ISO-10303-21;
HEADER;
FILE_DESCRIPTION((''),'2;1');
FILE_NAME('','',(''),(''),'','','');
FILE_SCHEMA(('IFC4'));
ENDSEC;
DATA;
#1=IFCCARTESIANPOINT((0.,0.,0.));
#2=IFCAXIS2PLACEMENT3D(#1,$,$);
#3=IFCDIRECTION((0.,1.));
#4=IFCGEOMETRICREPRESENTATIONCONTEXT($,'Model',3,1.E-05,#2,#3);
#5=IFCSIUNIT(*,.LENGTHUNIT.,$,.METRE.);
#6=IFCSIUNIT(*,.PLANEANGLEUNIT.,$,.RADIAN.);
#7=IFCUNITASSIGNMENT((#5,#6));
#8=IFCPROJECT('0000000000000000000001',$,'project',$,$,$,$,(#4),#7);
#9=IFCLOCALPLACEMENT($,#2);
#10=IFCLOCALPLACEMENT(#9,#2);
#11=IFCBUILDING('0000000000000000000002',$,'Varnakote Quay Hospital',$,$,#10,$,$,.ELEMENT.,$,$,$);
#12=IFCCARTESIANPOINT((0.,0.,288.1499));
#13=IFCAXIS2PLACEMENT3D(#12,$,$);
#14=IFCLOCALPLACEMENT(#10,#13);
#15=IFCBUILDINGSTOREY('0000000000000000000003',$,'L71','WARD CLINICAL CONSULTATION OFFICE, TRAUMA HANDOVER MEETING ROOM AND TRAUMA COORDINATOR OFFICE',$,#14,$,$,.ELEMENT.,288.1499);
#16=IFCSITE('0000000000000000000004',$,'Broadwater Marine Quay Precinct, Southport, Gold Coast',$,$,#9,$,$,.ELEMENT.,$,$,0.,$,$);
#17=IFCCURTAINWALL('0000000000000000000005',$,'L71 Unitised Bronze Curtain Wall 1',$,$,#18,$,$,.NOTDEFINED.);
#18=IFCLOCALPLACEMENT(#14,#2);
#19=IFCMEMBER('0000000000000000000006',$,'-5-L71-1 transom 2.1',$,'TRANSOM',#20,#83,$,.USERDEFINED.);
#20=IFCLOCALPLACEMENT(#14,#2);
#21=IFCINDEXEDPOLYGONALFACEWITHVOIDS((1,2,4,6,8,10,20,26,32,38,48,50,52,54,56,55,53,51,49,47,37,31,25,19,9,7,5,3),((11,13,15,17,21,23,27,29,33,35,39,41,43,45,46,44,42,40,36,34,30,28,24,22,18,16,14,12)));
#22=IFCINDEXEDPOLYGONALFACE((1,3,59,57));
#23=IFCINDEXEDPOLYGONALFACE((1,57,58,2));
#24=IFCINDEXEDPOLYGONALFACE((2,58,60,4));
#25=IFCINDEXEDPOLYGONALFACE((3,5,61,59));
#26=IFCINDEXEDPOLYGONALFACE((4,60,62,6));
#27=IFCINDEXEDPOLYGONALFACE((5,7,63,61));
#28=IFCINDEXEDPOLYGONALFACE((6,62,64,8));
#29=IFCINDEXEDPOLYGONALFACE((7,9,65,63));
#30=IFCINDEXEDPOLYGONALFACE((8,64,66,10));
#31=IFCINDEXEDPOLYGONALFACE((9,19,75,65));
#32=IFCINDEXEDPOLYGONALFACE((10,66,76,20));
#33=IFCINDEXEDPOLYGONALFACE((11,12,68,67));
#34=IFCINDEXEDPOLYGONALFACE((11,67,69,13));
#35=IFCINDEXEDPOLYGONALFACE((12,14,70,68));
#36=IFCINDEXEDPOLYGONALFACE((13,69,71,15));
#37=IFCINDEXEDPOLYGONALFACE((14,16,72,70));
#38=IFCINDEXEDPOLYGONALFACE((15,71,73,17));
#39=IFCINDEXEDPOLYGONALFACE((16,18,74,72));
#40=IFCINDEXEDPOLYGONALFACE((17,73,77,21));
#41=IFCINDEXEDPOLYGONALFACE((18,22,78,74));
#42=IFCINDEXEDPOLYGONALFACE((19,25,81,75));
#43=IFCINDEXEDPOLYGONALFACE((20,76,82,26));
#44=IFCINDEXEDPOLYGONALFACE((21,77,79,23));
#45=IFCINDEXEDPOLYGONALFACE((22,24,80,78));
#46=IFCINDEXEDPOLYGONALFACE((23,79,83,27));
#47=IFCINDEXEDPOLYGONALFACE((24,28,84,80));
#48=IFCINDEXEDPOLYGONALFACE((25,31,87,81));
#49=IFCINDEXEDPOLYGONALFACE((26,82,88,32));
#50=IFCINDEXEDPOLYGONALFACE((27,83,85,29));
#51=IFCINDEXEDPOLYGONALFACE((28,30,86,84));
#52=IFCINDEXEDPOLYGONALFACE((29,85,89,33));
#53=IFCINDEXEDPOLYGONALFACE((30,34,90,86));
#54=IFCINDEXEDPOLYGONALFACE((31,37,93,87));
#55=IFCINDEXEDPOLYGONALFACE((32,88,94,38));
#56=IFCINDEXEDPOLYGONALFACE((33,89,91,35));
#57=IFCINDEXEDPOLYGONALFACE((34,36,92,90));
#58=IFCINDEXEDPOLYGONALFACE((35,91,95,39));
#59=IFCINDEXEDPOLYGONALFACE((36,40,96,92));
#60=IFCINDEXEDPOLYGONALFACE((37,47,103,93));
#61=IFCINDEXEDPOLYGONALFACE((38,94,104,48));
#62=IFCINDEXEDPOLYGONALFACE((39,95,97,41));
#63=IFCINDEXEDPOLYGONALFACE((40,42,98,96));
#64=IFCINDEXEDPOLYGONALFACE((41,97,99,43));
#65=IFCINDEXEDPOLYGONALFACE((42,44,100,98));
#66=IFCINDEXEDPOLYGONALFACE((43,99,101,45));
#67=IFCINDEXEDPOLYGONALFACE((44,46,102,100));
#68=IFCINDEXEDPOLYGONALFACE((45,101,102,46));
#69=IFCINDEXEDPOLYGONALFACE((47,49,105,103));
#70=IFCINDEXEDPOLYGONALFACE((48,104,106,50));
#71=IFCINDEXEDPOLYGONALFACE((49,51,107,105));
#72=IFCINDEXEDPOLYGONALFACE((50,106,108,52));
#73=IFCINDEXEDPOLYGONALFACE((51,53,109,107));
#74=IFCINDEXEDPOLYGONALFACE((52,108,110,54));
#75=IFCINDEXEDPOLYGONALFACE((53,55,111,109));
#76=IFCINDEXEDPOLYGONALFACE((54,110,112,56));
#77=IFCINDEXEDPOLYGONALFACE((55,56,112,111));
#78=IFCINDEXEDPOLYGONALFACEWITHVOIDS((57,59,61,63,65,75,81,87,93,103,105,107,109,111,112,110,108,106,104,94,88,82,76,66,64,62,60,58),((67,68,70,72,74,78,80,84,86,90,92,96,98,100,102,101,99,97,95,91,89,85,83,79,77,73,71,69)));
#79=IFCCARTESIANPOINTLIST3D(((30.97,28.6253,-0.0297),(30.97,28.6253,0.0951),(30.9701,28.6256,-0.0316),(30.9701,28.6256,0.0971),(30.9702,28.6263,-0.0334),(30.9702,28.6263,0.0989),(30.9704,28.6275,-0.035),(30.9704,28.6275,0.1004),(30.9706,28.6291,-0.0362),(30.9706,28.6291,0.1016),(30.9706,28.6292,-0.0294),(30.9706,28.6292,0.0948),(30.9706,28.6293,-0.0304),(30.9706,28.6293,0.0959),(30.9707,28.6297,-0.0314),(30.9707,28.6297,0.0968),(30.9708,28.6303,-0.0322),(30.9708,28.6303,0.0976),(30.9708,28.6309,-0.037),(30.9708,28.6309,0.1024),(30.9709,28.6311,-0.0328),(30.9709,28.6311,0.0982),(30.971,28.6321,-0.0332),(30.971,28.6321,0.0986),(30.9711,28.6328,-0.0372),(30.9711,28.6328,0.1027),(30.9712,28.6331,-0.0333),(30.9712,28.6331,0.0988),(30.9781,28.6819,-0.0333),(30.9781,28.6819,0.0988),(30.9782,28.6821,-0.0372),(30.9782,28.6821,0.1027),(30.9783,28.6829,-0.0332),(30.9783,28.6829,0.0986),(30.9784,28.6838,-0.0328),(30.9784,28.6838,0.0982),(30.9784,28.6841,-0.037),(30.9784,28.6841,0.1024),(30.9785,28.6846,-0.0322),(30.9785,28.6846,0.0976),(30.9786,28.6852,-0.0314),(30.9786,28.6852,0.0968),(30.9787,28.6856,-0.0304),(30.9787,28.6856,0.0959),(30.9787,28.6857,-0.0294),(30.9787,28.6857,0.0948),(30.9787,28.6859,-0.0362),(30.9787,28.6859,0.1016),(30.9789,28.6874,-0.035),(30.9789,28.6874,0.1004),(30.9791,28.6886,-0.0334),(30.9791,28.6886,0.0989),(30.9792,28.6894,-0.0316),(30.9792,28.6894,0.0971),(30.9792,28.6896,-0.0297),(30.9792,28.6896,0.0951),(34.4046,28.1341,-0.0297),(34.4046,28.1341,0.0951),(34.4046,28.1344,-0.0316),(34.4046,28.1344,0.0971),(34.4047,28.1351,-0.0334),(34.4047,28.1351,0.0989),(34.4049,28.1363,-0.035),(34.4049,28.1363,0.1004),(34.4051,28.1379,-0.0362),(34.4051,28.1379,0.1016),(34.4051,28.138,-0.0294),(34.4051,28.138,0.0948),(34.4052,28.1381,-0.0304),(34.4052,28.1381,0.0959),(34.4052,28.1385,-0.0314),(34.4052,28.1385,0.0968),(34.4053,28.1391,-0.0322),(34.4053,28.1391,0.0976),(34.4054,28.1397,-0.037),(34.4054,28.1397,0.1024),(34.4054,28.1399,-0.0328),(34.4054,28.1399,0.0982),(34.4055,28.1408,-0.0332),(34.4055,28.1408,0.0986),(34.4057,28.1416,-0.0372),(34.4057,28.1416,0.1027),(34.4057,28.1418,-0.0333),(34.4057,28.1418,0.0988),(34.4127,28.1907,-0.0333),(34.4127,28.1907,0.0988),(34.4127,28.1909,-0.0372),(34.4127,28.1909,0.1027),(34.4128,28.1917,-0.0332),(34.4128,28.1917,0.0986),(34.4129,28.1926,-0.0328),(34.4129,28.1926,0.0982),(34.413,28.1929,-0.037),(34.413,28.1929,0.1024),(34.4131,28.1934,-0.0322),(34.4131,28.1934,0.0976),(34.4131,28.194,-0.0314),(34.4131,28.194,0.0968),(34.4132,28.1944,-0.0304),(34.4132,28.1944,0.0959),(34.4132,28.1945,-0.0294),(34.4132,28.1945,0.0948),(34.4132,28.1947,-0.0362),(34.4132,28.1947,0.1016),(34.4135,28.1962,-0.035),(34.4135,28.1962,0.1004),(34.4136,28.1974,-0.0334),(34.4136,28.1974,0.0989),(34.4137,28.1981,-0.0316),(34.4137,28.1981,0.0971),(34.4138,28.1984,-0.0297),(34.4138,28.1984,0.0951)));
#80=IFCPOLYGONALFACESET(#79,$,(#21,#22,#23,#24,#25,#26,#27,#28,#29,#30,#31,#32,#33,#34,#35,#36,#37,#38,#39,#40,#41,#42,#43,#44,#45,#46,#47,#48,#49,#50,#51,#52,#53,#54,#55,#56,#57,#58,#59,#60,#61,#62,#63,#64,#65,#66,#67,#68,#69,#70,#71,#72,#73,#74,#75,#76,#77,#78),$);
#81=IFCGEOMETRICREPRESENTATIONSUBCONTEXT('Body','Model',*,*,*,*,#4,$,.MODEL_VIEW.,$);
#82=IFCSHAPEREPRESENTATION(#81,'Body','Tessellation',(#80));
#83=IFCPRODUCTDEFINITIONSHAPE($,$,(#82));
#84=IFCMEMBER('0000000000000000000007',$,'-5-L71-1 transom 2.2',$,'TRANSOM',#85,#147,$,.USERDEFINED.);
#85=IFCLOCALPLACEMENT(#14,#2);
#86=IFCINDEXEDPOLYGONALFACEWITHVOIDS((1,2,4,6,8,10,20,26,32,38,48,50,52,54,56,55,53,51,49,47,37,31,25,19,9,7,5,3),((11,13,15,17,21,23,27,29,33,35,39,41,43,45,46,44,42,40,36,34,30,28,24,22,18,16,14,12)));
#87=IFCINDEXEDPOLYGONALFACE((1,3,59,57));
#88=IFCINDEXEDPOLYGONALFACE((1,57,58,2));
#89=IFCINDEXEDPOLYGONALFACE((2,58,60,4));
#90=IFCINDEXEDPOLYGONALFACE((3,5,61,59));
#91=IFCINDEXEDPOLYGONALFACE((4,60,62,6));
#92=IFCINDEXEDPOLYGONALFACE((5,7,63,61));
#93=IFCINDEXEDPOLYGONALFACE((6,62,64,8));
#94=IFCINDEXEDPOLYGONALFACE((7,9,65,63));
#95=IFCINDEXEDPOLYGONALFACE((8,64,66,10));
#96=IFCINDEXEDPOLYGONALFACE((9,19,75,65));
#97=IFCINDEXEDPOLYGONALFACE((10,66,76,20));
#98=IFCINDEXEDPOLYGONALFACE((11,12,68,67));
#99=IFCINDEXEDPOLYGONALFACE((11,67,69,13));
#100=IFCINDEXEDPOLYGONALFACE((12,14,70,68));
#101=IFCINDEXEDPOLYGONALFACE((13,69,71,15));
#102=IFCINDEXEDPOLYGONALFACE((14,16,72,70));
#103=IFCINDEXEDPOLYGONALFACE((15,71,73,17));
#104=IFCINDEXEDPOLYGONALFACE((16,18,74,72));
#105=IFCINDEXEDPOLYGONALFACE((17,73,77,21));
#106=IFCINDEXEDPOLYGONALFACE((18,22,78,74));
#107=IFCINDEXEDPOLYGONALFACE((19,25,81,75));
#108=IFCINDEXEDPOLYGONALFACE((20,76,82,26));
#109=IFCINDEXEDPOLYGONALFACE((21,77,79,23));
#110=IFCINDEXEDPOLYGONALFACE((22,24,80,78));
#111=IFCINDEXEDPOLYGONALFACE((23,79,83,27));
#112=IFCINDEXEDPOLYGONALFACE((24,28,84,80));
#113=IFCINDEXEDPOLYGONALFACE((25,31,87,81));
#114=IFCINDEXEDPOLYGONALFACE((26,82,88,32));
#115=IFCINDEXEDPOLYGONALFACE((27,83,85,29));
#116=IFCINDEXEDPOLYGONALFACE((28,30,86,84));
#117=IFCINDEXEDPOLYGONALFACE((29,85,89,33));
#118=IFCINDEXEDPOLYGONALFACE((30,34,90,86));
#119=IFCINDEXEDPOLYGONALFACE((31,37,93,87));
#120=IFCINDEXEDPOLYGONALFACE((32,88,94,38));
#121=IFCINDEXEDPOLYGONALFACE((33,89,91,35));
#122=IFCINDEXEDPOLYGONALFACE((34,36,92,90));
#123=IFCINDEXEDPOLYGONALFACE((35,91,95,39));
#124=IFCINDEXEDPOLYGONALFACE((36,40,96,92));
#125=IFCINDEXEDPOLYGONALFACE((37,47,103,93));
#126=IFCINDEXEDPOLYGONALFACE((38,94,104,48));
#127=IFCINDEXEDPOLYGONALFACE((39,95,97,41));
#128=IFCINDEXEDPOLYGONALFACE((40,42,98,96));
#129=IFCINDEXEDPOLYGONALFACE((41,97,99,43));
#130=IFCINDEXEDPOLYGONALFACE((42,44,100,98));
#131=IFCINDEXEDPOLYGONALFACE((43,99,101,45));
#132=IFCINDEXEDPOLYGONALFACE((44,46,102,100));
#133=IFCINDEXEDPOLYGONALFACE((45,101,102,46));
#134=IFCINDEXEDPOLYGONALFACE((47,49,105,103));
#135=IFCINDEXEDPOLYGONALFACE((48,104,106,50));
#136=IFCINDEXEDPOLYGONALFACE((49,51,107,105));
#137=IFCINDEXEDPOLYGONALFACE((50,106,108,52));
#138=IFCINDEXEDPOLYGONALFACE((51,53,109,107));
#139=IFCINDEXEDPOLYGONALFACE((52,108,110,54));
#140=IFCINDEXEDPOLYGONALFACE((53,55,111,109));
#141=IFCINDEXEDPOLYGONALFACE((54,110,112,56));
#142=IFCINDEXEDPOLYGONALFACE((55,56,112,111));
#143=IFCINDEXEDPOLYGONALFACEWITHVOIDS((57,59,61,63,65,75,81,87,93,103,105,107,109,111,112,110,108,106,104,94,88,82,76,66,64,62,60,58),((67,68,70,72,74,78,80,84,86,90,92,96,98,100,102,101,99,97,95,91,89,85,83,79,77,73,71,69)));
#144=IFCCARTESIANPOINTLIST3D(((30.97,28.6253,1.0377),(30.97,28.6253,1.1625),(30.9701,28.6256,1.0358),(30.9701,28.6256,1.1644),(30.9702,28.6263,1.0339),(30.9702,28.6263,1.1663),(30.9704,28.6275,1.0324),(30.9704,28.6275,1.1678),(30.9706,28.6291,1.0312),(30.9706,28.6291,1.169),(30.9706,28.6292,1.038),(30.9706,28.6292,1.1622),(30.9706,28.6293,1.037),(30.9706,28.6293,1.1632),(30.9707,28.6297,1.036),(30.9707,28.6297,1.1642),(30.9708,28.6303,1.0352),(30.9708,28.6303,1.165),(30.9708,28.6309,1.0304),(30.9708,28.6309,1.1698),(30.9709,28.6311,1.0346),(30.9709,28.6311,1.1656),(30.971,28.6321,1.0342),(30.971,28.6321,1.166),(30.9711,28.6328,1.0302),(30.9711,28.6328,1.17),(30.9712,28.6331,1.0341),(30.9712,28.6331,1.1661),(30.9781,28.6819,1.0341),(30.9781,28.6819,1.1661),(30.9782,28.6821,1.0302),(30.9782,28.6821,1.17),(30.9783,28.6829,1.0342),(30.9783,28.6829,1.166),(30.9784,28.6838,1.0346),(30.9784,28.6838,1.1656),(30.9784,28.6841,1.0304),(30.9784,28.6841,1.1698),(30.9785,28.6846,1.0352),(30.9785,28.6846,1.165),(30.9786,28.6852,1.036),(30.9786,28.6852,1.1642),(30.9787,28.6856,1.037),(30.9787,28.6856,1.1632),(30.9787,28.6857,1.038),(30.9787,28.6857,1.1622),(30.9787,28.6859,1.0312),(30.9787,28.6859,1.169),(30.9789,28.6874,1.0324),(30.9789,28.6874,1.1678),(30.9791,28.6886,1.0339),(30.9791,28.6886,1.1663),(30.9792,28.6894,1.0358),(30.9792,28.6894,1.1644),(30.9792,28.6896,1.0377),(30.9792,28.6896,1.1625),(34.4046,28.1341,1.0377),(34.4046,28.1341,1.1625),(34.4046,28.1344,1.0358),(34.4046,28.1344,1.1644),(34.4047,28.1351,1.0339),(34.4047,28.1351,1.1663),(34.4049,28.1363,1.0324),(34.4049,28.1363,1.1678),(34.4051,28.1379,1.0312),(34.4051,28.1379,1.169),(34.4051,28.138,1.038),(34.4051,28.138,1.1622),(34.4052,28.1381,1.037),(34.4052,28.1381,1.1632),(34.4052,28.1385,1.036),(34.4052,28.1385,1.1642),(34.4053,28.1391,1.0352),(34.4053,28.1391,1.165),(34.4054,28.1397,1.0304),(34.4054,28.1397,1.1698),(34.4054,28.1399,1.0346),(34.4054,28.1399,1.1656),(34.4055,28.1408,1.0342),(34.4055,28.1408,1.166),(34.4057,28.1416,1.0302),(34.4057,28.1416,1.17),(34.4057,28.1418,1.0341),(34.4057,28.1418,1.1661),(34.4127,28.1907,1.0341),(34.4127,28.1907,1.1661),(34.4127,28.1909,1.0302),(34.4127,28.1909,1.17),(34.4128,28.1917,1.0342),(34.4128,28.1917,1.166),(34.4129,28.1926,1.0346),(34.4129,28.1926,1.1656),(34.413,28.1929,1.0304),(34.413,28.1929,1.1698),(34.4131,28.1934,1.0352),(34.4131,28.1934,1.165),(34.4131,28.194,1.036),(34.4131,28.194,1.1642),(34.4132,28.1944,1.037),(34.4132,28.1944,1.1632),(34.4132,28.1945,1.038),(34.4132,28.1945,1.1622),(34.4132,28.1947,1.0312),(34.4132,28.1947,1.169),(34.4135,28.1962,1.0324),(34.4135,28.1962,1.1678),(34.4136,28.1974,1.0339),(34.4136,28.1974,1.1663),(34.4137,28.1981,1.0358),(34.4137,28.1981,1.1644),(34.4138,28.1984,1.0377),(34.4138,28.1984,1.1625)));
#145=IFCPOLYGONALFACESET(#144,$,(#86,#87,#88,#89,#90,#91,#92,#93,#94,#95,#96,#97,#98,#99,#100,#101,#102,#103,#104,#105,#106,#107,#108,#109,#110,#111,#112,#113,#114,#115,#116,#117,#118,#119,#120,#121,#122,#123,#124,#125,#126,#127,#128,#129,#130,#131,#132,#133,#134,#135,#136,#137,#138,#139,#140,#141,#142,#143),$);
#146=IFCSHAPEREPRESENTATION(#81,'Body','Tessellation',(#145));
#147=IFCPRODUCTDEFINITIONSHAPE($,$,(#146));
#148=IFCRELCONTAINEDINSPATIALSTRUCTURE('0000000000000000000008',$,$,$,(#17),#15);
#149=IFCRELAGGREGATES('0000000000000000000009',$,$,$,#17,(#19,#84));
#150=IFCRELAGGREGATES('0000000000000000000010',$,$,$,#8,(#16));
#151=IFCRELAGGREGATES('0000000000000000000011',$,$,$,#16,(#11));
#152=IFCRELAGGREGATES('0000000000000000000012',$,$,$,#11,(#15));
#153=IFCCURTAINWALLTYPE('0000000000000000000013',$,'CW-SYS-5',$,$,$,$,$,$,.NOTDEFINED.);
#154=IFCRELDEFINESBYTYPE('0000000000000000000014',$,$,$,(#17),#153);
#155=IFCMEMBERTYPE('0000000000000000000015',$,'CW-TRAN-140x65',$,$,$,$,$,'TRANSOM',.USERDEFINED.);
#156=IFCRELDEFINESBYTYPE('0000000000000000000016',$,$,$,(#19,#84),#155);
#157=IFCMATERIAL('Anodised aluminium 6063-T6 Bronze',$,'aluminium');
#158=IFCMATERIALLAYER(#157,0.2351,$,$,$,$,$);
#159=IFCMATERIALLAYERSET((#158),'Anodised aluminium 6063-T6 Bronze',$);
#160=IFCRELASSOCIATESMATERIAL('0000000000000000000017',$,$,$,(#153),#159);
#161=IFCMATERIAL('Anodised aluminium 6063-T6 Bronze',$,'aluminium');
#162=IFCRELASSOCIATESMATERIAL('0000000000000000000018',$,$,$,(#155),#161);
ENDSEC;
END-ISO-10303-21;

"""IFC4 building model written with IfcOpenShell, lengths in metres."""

from ifc_helpers import new_model, si_unit, direction, frame, origin, origin_2d, place, context, subcontext, project, spatial, hollow_rectangle, extrude, material, layer, layer_set, material_profile, profile_set, type_object, element, aggregate, save


model = new_model("IFC4")

# Units and contexts
model_context = context("Model", 3, precision=1e-05, world=origin(), true_north=direction((0.0, 1.0)))
body_context = subcontext(model_context, "Body", "Model", "MODEL_VIEW")
ifc_project = project(units=[si_unit("LENGTHUNIT", "METRE"), si_unit("PLANEANGLEUNIT", "RADIAN")], contexts=[model_context])

# Site, building, storey
site_placement = place(None, origin())
site = spatial("IfcSite", under=ifc_project, at=site_placement, Name="Broadwater Marine Quay Precinct, Southport, Gold Coast", CompositionType="ELEMENT", RefElevation=0.0)
building_placement = place(site_placement, origin())
building = spatial("IfcBuilding", under=site, at=building_placement, Name="Varnakote Quay Hospital", CompositionType="ELEMENT")
storey_placement = place(building_placement, frame((0.0, 0.0, 288.1499)))
storey = spatial("IfcBuildingStorey", under=building, at=storey_placement, Name="L71", Description="WARD CLINICAL CONSULTATION OFFICE, TRAUMA HANDOVER MEETING ROOM AND TRAUMA COORDINATOR OFFICE", CompositionType="ELEMENT", Elevation=288.1499)

# Curtain wall, members
ifc_material_1 = material(Name="Anodised aluminium 6063-T6 Bronze", Category="aluminium")
ifc_layer_1 = layer(ifc_material_1, 0.2351)
ifc_layer_set_1 = layer_set([ifc_layer_1], Name="Anodised aluminium 6063-T6 Bronze")
curtain_wall_type = type_object("IfcCurtainWallType", Name="CW-SYS-5", PredefinedType="NOTDEFINED", material=ifc_layer_set_1)
curtain_wall_placement = place(storey_placement, origin())
curtain_wall = element("IfcCurtainWall", 1, at=curtain_wall_placement, inside=storey, type_object=curtain_wall_type, Name="L71 Unitised Bronze Curtain Wall 1", PredefinedType="NOTDEFINED")
ifc_material_2 = material(Name="Anodised aluminium 6063-T6 Bronze", Category="aluminium")
ifc_material_profile_1 = material_profile(ifc_material_2, hollow_rectangle(XDim=0.0649, YDim=0.1399, WallThickness=0.0039, InnerFilletRadius=0.0039, OuterFilletRadius=0.0076, at=origin_2d()), Name="CW-TRAN-140x65")
ifc_profile_set_1 = profile_set([ifc_material_profile_1], Name="Anodised aluminium 6063-T6 Bronze")
member_type_1 = type_object("IfcMemberType", Name="CW-TRAN-140x65", ElementType="TRANSOM", PredefinedType="USERDEFINED", material=ifc_profile_set_1)
member_1_placement = place(storey_placement, frame((34.4092, 28.1663, 0.0327), z_axis=(-0.989927, 0.141579, 0.0), x_axis=(-0.141579, -0.989927, 0.0)))
member_1 = element("IfcMember", 2, at=member_1_placement, type_object=member_type_1, Name="-5-L71-1 transom 2.1", ObjectType="TRANSOM", PredefinedType="USERDEFINED", context=body_context, shape_type="SweptSolid", body=[
    extrude(hollow_rectangle(XDim=0.0649, YDim=0.1399, WallThickness=0.0039, InnerFilletRadius=0.0039, OuterFilletRadius=0.0076, at=origin_2d()), origin(), (0.0, 0.0, 1.0), 3.4695),
])
member_2_placement = place(storey_placement, frame((34.4092, 28.1663, 1.1001), z_axis=(-0.989927, 0.141579, 0.0), x_axis=(-0.141579, -0.989927, 0.0)))
member_2 = element("IfcMember", 3, at=member_2_placement, type_object=member_type_1, Name="-5-L71-1 transom 2.2", ObjectType="TRANSOM", PredefinedType="USERDEFINED", context=body_context, shape_type="SweptSolid", body=[
    extrude(hollow_rectangle(XDim=0.0649, YDim=0.1399, WallThickness=0.0039, InnerFilletRadius=0.0039, OuterFilletRadius=0.0076, at=origin_2d()), origin(), (0.0, 0.0, 1.0), 3.4695),
])
aggregate(curtain_wall, [member_1, member_2])

save(model, "model.ifc")
